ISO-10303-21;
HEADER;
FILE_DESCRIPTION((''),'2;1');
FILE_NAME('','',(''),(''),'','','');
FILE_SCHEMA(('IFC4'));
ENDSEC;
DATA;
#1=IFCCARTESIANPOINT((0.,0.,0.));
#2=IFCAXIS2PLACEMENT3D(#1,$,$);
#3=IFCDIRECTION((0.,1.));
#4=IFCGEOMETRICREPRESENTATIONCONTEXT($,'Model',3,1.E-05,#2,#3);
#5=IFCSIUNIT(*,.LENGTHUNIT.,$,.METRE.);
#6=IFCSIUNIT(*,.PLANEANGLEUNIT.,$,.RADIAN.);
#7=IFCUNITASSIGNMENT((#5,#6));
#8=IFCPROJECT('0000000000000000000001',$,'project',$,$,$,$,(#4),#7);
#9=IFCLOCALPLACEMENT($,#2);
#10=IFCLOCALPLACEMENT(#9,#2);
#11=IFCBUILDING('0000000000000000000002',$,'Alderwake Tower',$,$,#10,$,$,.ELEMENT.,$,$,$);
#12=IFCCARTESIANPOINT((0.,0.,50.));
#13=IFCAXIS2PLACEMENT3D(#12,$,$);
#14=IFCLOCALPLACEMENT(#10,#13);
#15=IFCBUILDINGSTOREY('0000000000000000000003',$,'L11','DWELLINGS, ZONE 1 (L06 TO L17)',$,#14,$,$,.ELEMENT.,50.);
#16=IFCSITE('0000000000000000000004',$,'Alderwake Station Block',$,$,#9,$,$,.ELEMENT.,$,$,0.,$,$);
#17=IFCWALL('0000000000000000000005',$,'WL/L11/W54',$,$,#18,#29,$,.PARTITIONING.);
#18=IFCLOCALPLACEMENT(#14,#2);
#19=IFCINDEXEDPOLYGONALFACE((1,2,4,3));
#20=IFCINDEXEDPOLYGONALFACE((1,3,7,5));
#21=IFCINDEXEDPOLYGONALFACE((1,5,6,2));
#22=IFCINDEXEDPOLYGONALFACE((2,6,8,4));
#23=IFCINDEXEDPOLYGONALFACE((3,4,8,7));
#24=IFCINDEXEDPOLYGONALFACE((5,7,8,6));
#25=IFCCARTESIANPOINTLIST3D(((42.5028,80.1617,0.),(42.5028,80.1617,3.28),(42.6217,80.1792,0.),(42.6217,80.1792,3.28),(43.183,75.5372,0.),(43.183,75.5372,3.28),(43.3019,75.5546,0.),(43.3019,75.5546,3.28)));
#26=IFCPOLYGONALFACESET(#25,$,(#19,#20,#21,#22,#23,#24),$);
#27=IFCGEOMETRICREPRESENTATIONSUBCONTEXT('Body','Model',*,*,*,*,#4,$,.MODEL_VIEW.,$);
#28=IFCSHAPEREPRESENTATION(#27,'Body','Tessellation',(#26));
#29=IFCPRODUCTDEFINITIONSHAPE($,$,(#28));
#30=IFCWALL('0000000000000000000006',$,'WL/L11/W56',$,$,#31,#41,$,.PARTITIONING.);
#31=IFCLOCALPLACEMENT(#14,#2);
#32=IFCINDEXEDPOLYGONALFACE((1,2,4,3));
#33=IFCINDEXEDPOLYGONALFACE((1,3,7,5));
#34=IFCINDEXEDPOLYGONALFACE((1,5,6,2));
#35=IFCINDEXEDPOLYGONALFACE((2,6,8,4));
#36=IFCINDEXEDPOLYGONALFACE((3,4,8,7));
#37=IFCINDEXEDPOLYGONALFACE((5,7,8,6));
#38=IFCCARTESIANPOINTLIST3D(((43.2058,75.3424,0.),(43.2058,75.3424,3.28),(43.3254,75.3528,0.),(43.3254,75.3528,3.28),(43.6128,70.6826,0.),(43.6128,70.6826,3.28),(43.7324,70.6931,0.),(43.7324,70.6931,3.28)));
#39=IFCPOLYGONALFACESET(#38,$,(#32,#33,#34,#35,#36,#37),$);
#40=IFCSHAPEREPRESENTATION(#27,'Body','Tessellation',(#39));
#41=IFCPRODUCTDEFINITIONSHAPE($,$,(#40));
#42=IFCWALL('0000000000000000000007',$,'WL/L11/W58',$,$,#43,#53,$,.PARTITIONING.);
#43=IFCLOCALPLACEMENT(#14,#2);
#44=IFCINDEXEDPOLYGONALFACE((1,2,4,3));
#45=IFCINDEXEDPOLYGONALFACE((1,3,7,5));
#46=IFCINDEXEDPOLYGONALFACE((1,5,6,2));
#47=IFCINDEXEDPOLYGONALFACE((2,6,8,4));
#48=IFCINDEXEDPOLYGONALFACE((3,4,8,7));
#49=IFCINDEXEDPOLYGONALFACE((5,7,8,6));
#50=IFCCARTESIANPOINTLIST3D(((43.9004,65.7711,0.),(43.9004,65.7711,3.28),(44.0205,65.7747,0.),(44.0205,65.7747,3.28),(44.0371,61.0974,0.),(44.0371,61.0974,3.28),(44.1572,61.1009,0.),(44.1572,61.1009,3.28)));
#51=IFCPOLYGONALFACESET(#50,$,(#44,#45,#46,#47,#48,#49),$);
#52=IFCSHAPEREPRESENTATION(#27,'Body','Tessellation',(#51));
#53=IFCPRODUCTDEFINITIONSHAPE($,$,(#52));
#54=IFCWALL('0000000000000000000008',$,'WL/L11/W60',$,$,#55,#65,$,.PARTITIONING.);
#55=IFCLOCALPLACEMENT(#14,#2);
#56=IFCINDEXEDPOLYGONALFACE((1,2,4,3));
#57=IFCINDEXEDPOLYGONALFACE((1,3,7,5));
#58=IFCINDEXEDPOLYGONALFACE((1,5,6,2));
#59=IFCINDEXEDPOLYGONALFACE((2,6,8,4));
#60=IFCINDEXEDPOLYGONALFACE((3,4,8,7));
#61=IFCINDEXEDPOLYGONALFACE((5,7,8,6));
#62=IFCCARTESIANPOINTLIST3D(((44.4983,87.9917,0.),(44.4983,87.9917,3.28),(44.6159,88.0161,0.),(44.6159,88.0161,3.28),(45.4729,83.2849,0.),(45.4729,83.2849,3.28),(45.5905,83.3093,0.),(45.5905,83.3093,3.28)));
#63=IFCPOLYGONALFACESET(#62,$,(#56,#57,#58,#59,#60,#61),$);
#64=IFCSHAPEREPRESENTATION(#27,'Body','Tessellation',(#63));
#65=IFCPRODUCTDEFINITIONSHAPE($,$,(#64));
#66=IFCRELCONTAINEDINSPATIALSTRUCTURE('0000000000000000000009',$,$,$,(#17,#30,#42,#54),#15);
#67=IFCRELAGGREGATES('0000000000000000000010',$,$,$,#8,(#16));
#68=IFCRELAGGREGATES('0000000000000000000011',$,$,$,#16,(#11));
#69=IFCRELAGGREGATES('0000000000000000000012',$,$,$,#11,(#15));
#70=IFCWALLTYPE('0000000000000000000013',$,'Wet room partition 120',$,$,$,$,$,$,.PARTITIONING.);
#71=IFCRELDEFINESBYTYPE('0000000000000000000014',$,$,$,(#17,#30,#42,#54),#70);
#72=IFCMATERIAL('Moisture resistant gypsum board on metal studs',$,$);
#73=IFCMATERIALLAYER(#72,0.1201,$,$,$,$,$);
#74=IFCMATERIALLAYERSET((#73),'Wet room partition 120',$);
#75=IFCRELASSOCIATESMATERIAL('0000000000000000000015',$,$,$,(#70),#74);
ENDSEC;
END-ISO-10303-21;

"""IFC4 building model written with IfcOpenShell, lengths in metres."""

from ifc_helpers import new_model, si_unit, direction, frame, frame_2d, origin, place, context, subcontext, project, spatial, rectangle, extrude, material, layer, layer_set, type_object, element, save


model = new_model("IFC4")

# Units and contexts
model_context = context("Model", 3, precision=1e-05, world=origin(), true_north=direction((0.0, 1.0)))
body_context = subcontext(model_context, "Body", "Model", "MODEL_VIEW")
ifc_project = project(units=[si_unit("LENGTHUNIT", "METRE"), si_unit("PLANEANGLEUNIT", "RADIAN")], contexts=[model_context])

# Site, building, storey
site_placement = place(None, origin())
site = spatial("IfcSite", under=ifc_project, at=site_placement, Name="Alderwake Station Block", CompositionType="ELEMENT", RefElevation=0.0)
building_placement = place(site_placement, origin())
building = spatial("IfcBuilding", under=site, at=building_placement, Name="Alderwake Tower", CompositionType="ELEMENT")
storey_placement = place(building_placement, frame((0.0, 0.0, 50.0)))
storey = spatial("IfcBuildingStorey", under=building, at=storey_placement, Name="L11", Description="DWELLINGS, ZONE 1 (L06 TO L17)", CompositionType="ELEMENT", Elevation=50.0)

# Walls
ifc_material_1 = material(Name="Moisture resistant gypsum board on metal studs")
ifc_layer_1 = layer(ifc_material_1, 0.1201)
ifc_layer_set_1 = layer_set([ifc_layer_1], Name="Wet room partition 120")
wall_type_1 = type_object("IfcWallType", Name="Wet room partition 120", PredefinedType="PARTITIONING", material=ifc_layer_set_1)
wall_1_placement = place(storey_placement, frame((43.2424, 75.5459, 0.0), z_axis=(0.0, 0.0, 1.0), x_axis=(-0.145515, 0.989356, 0.0)))
element("IfcWall", 1, at=wall_1_placement, inside=storey, type_object=wall_type_1, Name="WL/L11/W54", PredefinedType="PARTITIONING", context=body_context, shape_type="SweptSolid", body=[
    extrude(rectangle(XDim=4.6743, YDim=0.1201, at=frame_2d((2.3372, 0.0))), origin(), (0.0, 0.0, 1.0), 3.28),
])
wall_2_placement = place(storey_placement, frame((43.6726, 70.6877, 0.0), z_axis=(0.0, 0.0, 1.0), x_axis=(-0.08701, 0.996207, 0.0)))
element("IfcWall", 2, at=wall_2_placement, inside=storey, type_object=wall_type_1, Name="WL/L11/W56", PredefinedType="PARTITIONING", context=body_context, shape_type="SweptSolid", body=[
    extrude(rectangle(XDim=4.6775, YDim=0.1201, at=frame_2d((2.3389, 0.0))), origin(), (0.0, 0.0, 1.0), 3.28),
])
wall_3_placement = place(storey_placement, frame((44.0972, 61.0991, 0.0), z_axis=(0.0, 0.0, 1.0), x_axis=(-0.029239, 0.999572, 0.0)))
element("IfcWall", 3, at=wall_3_placement, inside=storey, type_object=wall_type_1, Name="WL/L11/W58", PredefinedType="PARTITIONING", context=body_context, shape_type="SweptSolid", body=[
    extrude(rectangle(XDim=4.6758, YDim=0.1201, at=frame_2d((2.3379, 0.0))), origin(), (0.0, 0.0, 1.0), 3.28),
])
wall_4_placement = place(storey_placement, frame((45.5317, 83.2971, 0.0), z_axis=(0.0, 0.0, 1.0), x_axis=(-0.202763, 0.979228, 0.0)))
element("IfcWall", 4, at=wall_4_placement, inside=storey, type_object=wall_type_1, Name="WL/L11/W60", PredefinedType="PARTITIONING", context=body_context, shape_type="SweptSolid", body=[
    extrude(rectangle(XDim=4.8066, YDim=0.1201, at=frame_2d((2.4033, 0.0))), origin(), (0.0, 0.0, 1.0), 3.28),
])

save(model, "model.ifc")
